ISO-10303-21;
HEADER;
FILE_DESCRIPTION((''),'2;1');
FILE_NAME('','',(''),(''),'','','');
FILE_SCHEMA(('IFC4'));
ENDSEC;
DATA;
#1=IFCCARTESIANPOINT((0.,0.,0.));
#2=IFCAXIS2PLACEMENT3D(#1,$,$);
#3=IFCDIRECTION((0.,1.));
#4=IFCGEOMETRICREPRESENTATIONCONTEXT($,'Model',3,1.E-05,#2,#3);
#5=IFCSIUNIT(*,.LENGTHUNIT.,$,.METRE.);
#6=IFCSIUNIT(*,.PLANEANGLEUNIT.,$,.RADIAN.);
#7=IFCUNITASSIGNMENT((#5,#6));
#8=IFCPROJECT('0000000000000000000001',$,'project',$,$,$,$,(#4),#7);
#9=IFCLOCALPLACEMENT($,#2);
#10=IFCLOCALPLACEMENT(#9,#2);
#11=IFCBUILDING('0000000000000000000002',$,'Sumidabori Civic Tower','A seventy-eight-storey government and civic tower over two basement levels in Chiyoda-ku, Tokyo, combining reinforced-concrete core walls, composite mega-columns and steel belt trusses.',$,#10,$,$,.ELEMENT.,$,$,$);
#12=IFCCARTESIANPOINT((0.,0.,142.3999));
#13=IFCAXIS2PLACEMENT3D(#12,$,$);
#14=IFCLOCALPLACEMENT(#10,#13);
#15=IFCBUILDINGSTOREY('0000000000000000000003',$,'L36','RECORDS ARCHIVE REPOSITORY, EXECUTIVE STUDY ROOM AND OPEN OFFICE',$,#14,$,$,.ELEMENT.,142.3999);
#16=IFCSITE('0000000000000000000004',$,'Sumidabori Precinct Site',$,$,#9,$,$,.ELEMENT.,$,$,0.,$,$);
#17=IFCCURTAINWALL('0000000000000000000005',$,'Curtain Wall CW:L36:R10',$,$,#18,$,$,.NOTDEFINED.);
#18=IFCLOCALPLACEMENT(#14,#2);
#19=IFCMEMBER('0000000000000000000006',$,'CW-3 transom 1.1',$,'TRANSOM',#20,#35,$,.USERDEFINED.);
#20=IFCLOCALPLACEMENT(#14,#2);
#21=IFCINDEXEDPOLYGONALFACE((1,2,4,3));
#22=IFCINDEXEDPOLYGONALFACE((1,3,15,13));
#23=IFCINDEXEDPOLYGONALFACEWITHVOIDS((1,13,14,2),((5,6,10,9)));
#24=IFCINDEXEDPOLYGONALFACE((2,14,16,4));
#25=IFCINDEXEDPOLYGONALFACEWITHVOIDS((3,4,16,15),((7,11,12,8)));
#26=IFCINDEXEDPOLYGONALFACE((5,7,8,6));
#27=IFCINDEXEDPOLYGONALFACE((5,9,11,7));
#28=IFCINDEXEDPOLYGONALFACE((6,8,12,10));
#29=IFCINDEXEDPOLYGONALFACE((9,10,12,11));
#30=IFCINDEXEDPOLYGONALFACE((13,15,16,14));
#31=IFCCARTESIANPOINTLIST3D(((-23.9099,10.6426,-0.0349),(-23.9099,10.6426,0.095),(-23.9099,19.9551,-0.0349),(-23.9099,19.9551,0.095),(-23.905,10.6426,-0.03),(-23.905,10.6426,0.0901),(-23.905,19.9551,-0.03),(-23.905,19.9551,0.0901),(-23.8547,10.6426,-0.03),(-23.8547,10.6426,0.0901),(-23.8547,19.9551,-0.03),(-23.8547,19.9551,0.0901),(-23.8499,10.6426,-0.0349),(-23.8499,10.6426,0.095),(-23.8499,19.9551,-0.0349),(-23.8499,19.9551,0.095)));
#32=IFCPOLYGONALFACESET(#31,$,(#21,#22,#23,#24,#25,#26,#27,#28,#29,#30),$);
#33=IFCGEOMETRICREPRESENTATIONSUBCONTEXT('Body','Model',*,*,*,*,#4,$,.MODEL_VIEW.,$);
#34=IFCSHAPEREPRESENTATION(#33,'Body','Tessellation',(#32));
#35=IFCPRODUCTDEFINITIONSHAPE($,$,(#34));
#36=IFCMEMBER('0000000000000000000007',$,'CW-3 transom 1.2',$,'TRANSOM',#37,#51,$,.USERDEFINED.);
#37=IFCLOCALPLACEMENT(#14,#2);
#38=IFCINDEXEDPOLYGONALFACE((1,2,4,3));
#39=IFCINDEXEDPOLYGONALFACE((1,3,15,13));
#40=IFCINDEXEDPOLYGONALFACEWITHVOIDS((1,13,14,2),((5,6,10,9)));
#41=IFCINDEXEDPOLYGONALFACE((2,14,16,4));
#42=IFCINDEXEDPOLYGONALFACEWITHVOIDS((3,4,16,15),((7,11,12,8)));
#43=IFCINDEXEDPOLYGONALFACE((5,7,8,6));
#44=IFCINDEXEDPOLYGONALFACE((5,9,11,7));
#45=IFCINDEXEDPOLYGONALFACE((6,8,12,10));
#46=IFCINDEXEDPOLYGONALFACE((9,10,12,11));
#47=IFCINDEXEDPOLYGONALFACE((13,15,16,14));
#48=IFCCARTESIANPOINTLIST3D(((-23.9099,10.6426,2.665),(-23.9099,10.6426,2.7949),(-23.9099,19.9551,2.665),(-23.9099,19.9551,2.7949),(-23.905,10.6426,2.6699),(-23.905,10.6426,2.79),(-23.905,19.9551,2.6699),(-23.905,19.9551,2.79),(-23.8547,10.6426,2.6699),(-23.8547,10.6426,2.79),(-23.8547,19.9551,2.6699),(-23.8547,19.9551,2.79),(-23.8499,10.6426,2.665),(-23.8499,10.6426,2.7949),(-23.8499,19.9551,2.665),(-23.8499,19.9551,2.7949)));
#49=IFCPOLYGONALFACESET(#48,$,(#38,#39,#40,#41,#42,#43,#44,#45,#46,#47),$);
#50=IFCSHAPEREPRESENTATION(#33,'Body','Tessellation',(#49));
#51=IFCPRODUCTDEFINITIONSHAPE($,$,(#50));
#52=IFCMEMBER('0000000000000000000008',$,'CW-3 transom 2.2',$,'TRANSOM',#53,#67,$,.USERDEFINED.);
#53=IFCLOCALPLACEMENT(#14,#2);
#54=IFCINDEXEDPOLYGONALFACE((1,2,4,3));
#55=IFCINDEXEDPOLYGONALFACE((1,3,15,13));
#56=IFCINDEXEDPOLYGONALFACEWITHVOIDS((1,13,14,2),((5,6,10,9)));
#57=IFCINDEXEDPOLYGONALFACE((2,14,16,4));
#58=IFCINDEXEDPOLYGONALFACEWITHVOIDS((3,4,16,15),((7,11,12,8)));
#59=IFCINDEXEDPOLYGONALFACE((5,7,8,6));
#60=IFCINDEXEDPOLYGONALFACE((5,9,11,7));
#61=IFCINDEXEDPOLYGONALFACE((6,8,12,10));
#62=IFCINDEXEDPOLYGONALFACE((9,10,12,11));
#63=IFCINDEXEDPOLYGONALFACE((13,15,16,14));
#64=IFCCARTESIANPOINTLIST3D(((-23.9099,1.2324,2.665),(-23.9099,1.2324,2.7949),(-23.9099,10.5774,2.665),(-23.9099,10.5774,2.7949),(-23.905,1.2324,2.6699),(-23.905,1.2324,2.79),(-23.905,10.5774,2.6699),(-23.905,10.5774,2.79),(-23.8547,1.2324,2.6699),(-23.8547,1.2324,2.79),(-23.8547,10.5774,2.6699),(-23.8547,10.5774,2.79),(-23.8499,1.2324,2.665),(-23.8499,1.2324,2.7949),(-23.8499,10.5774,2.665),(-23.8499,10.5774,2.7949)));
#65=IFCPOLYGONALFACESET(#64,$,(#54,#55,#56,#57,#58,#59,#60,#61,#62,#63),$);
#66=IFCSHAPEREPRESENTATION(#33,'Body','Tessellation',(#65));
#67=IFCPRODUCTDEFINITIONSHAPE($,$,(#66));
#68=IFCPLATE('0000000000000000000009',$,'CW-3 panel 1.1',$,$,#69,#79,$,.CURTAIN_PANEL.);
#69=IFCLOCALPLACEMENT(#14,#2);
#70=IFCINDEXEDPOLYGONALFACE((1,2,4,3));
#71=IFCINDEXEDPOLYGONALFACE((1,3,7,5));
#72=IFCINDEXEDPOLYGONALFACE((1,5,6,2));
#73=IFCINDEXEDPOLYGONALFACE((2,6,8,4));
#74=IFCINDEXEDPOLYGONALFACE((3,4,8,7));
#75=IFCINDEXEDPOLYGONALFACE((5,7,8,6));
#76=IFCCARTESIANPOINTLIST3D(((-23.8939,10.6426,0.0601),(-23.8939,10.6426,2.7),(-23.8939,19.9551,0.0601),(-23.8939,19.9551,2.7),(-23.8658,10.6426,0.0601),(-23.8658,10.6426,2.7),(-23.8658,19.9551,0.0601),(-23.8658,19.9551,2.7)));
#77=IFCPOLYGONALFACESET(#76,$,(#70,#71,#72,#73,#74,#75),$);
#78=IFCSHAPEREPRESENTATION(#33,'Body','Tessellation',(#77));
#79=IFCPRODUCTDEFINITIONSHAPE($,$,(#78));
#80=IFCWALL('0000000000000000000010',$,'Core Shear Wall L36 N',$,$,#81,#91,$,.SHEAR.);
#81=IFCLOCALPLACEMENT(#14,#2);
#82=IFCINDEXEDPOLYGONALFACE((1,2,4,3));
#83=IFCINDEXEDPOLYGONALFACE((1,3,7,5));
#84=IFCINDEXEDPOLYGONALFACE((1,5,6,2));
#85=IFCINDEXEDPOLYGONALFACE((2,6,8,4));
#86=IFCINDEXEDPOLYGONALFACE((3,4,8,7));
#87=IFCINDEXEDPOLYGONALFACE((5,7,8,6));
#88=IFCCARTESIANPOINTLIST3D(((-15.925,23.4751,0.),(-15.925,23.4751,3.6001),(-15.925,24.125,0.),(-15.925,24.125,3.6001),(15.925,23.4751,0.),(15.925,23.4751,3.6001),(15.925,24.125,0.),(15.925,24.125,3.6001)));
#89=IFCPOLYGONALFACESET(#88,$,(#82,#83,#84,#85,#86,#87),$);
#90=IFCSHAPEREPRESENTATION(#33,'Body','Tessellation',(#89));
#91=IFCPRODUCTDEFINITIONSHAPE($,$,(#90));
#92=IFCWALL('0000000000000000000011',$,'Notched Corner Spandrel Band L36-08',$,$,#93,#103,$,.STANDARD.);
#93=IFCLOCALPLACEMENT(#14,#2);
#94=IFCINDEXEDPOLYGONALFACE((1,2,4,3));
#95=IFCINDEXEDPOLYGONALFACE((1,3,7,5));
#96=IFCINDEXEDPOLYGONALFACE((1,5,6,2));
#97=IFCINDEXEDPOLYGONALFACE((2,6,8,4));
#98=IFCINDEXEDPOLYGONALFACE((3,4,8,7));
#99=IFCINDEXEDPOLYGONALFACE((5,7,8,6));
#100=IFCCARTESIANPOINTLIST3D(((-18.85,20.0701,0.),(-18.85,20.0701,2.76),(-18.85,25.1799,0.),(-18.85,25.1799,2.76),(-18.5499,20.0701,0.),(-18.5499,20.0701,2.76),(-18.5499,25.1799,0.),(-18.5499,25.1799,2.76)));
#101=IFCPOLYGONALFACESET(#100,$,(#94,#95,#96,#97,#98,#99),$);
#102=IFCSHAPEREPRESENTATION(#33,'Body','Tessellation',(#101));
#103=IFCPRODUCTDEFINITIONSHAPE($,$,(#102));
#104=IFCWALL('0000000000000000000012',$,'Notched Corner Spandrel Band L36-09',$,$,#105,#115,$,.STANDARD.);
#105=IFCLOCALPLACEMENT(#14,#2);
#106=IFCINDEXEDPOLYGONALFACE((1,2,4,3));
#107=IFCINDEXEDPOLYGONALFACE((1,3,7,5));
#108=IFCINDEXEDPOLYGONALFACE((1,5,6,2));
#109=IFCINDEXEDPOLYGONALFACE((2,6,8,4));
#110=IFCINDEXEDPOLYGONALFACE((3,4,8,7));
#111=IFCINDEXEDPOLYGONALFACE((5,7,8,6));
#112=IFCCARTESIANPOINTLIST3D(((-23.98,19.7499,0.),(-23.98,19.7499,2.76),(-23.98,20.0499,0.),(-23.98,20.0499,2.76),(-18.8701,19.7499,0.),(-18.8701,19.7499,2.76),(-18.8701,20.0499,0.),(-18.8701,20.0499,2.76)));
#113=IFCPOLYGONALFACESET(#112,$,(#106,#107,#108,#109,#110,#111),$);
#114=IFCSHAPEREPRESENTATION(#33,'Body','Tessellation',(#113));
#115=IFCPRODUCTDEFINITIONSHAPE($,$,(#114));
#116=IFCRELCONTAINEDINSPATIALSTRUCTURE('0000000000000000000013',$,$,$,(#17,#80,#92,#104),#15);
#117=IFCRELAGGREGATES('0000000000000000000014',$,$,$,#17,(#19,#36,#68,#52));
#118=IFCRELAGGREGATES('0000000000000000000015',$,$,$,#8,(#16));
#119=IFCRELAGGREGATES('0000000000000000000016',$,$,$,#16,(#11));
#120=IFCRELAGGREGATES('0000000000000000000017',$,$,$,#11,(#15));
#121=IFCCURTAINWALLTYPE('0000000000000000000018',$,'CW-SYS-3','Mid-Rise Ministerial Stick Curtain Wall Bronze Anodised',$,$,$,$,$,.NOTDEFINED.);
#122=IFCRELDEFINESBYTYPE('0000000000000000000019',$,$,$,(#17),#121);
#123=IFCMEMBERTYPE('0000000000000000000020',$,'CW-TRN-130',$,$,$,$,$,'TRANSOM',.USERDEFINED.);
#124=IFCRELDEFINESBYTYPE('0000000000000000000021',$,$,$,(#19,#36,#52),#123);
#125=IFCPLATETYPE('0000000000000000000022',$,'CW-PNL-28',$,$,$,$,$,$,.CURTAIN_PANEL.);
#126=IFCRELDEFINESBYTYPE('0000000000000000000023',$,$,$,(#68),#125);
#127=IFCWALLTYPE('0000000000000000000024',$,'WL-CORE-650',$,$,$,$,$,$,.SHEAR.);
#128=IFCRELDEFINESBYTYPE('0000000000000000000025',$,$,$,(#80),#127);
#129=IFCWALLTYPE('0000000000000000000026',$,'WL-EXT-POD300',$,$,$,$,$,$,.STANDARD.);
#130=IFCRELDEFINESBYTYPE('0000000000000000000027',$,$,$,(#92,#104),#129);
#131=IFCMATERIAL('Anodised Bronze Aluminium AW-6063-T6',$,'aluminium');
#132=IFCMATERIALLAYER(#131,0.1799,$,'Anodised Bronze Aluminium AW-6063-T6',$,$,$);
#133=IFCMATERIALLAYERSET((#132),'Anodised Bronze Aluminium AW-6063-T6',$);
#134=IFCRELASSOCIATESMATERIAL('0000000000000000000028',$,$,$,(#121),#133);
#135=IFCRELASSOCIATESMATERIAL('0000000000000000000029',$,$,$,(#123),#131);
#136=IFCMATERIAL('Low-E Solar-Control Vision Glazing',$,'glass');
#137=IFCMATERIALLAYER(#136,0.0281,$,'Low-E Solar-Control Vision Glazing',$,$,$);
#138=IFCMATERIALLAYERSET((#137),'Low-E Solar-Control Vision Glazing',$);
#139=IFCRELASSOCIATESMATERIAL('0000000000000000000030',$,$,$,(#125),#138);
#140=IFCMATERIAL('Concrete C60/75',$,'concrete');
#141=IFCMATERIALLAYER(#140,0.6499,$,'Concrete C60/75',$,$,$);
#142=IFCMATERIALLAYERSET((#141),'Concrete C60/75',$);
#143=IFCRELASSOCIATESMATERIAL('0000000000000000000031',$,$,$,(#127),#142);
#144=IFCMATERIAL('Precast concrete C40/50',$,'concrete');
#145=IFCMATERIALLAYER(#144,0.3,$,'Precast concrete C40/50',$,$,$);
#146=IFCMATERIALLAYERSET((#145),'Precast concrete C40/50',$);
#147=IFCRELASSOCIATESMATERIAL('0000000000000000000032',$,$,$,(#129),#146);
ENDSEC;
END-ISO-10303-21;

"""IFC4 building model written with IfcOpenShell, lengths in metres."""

from ifc_helpers import new_model, si_unit, direction, frame, frame_2d, origin, origin_2d, place, context, subcontext, project, spatial, rectangle, hollow_rectangle, extrude, source, transform, mapped, material, layer, layer_set, material_profile, profile_set, type_object, element, aggregate, save


model = new_model("IFC4")

# Units and contexts
model_context = context("Model", 3, precision=1e-05, world=origin(), true_north=direction((0.0, 1.0)))
body_context = subcontext(model_context, "Body", "Model", "MODEL_VIEW")
ifc_project = project(units=[si_unit("LENGTHUNIT", "METRE"), si_unit("PLANEANGLEUNIT", "RADIAN")], contexts=[model_context])

# Site, building, storey
site_placement = place(None, origin())
site = spatial("IfcSite", under=ifc_project, at=site_placement, Name="Sumidabori Precinct Site", CompositionType="ELEMENT", RefElevation=0.0)
building_placement = place(site_placement, origin())
building = spatial("IfcBuilding", under=site, at=building_placement, Name="Sumidabori Civic Tower", Description="A seventy-eight-storey government and civic tower over two basement levels in Chiyoda-ku, Tokyo, combining reinforced-concrete core walls, composite mega-columns and steel belt trusses.", CompositionType="ELEMENT")
storey_placement = place(building_placement, frame((0.0, 0.0, 142.3999)))
storey = spatial("IfcBuildingStorey", under=building, at=storey_placement, Name="L36", Description="RECORDS ARCHIVE REPOSITORY, EXECUTIVE STUDY ROOM AND OPEN OFFICE", CompositionType="ELEMENT", Elevation=142.3999)

# Shared definitions
ifc_material_1 = material(Name="Concrete C60/75", Category="concrete")

# Shared definitions
ifc_material_2 = material(Name="Anodised Bronze Aluminium AW-6063-T6", Category="aluminium")
ifc_layer_1 = layer(ifc_material_2, 0.1799, Name="Anodised Bronze Aluminium AW-6063-T6")
ifc_layer_set_1 = layer_set([ifc_layer_1], Name="Anodised Bronze Aluminium AW-6063-T6")
curtain_wall_type = type_object("IfcCurtainWallType", Name="CW-SYS-3", Description="Mid-Rise Ministerial Stick Curtain Wall Bronze Anodised", PredefinedType="NOTDEFINED", material=ifc_layer_set_1)

# Curtain wall, members, plate
curtain_wall_1_placement = place(storey_placement, origin())
curtain_wall_1 = element("IfcCurtainWall", 1, at=curtain_wall_1_placement, inside=storey, type_object=curtain_wall_type, Name="Curtain Wall CW:L36:R10", PredefinedType="NOTDEFINED")
ifc_material_profile_1 = material_profile(ifc_material_2, hollow_rectangle(XDim=0.0601, YDim=0.1299, WallThickness=0.0049, at=origin_2d()), Name="ALU TRANSOM 130x60")
ifc_profile_set_1 = profile_set([ifc_material_profile_1], Name="Anodised Bronze Aluminium AW-6063-T6")
member_type_1 = type_object("IfcMemberType", Name="CW-TRN-130", ElementType="TRANSOM", PredefinedType="USERDEFINED", material=ifc_profile_set_1)
shared_shape_1 = source(origin(), body_context, "Body", "SweptSolid", [
    extrude(hollow_rectangle(XDim=0.0601, YDim=0.1299, WallThickness=0.0049, at=origin_2d()), origin(), (0.0, 0.0, 1.0), 9.3125),
])
member_1_placement = place(storey_placement, frame((-23.8799, 19.9551, 0.03), z_axis=(0.0, -1.0, 0.0), x_axis=(1.0, 0.0, 0.0)))
member_1 = element("IfcMember", 2, at=member_1_placement, type_object=member_type_1, Name="CW-3 transom 1.1", ObjectType="TRANSOM", PredefinedType="USERDEFINED", context=body_context, shape_type="MappedRepresentation", body=[
    mapped(shared_shape_1, transform((0.0, 0.0, 0.0), x_axis=(1.0, 0.0, 0.0), y_axis=(0.0, 1.0, 0.0), z_axis=(0.0, 0.0, 1.0), scale=1.0)),
])
member_2_placement = place(storey_placement, frame((-23.8799, 19.9551, 2.73), z_axis=(0.0, -1.0, 0.0), x_axis=(1.0, 0.0, 0.0)))
member_2 = element("IfcMember", 3, at=member_2_placement, type_object=member_type_1, Name="CW-3 transom 1.2", ObjectType="TRANSOM", PredefinedType="USERDEFINED", context=body_context, shape_type="MappedRepresentation", body=[
    mapped(shared_shape_1, transform((0.0, 0.0, 0.0), x_axis=(1.0, 0.0, 0.0), y_axis=(0.0, 1.0, 0.0), z_axis=(0.0, 0.0, 1.0), scale=1.0)),
])
shared_shape_2 = source(origin(), body_context, "Body", "SweptSolid", [
    extrude(hollow_rectangle(XDim=0.0601, YDim=0.1299, WallThickness=0.0049, at=origin_2d()), origin(), (0.0, 0.0, 1.0), 9.345),
])
member_3_placement = place(storey_placement, frame((-23.8799, 10.5774, 2.73), z_axis=(0.0, -1.0, 0.0), x_axis=(1.0, 0.0, 0.0)))
member_3 = element("IfcMember", 4, at=member_3_placement, type_object=member_type_1, Name="CW-3 transom 2.2", ObjectType="TRANSOM", PredefinedType="USERDEFINED", context=body_context, shape_type="MappedRepresentation", body=[
    mapped(shared_shape_2, transform((0.0, 0.0, 0.0), x_axis=(1.0, 0.0, 0.0), y_axis=(0.0, 1.0, 0.0), z_axis=(0.0, 0.0, 1.0), scale=1.0)),
])
ifc_material_3 = material(Name="Low-E Solar-Control Vision Glazing", Category="glass")
ifc_layer_2 = layer(ifc_material_3, 0.0281, Name="Low-E Solar-Control Vision Glazing")
ifc_layer_set_2 = layer_set([ifc_layer_2], Name="Low-E Solar-Control Vision Glazing")
plate_type = type_object("IfcPlateType", Name="CW-PNL-28", PredefinedType="CURTAIN_PANEL", material=ifc_layer_set_2)
shared_shape_3 = source(origin(), body_context, "Body", "SweptSolid", [
    extrude(rectangle(XDim=9.3125, YDim=0.0281, at=origin_2d()), origin(), (0.0, 0.0, 1.0), 2.6399),
])
plate_placement = place(storey_placement, frame((-23.8799, 15.2988, 0.0601), z_axis=(0.0, 0.0, 1.0), x_axis=(0.0, -1.0, 0.0)))
plate = element("IfcPlate", 5, at=plate_placement, type_object=plate_type, Name="CW-3 panel 1.1", PredefinedType="CURTAIN_PANEL", context=body_context, shape_type="MappedRepresentation", body=[
    mapped(shared_shape_3, transform((0.0, 0.0, 0.0), x_axis=(1.0, 0.0, 0.0), y_axis=(0.0, 1.0, 0.0), z_axis=(0.0, 0.0, 1.0), scale=1.0)),
])
aggregate(curtain_wall_1, [member_1, member_2, plate, member_3])

# Walls
ifc_layer_3 = layer(ifc_material_1, 0.6499, Name="Concrete C60/75")
ifc_layer_set_3 = layer_set([ifc_layer_3], Name="Concrete C60/75")
wall_type_1 = type_object("IfcWallType", Name="WL-CORE-650", PredefinedType="SHEAR", material=ifc_layer_set_3)
shared_shape_4 = source(origin(), body_context, "Body", "SweptSolid", [
    extrude(rectangle(XDim=31.8501, YDim=0.6499, at=frame_2d((15.925, 0.0))), origin(), (0.0, 0.0, 1.0), 3.6001),
])
wall_placement = place(storey_placement, frame((-15.925, 23.8, 0.0), z_axis=(0.0, 0.0, 1.0), x_axis=(1.0, 0.0, 0.0)))
element("IfcWall", 6, at=wall_placement, inside=storey, type_object=wall_type_1, Name="Core Shear Wall L36 N", PredefinedType="SHEAR", context=body_context, shape_type="MappedRepresentation", body=[
    mapped(shared_shape_4, transform((0.0, 0.0, 0.0), x_axis=(1.0, 0.0, 0.0), y_axis=(0.0, 1.0, 0.0), z_axis=(0.0, 0.0, 1.0), scale=1.0)),
])
ifc_material_4 = material(Name="Precast concrete C40/50", Category="concrete")
ifc_layer_4 = layer(ifc_material_4, 0.3, Name="Precast concrete C40/50")
ifc_layer_set_4 = layer_set([ifc_layer_4], Name="Precast concrete C40/50")
wall_type_2 = type_object("IfcWallType", Name="WL-EXT-POD300", PredefinedType="STANDARD", material=ifc_layer_set_4)
shared_shape_5 = source(origin(), body_context, "Body", "SweptSolid", [
    extrude(rectangle(XDim=5.1099, YDim=0.3, at=frame_2d((2.5549, 0.0))), origin(), (0.0, 0.0, 1.0), 2.76),
])
for number, where, z_axis, x_axis, name in (
    (7, (-18.7, 25.1799, 0.0), (0.0, 0.0, 1.0), (0.0, -1.0, 0.0), "Notched Corner Spandrel Band L36-08"),
    (8, (-18.8701, 19.8999, 0.0), (0.0, 0.0, 1.0), (-1.0, 0.0, 0.0), "Notched Corner Spandrel Band L36-09"),
):
    element("IfcWall", number, at=place(storey_placement, frame(where, z_axis=z_axis, x_axis=x_axis)), inside=storey, type_object=wall_type_2, Name=name, PredefinedType="STANDARD", context=body_context, shape_type="MappedRepresentation", body=[
        mapped(shared_shape_5, transform((0.0, 0.0, 0.0), x_axis=(1.0, 0.0, 0.0), y_axis=(0.0, 1.0, 0.0), z_axis=(0.0, 0.0, 1.0), scale=1.0)),
    ])

save(model, "model.ifc")
